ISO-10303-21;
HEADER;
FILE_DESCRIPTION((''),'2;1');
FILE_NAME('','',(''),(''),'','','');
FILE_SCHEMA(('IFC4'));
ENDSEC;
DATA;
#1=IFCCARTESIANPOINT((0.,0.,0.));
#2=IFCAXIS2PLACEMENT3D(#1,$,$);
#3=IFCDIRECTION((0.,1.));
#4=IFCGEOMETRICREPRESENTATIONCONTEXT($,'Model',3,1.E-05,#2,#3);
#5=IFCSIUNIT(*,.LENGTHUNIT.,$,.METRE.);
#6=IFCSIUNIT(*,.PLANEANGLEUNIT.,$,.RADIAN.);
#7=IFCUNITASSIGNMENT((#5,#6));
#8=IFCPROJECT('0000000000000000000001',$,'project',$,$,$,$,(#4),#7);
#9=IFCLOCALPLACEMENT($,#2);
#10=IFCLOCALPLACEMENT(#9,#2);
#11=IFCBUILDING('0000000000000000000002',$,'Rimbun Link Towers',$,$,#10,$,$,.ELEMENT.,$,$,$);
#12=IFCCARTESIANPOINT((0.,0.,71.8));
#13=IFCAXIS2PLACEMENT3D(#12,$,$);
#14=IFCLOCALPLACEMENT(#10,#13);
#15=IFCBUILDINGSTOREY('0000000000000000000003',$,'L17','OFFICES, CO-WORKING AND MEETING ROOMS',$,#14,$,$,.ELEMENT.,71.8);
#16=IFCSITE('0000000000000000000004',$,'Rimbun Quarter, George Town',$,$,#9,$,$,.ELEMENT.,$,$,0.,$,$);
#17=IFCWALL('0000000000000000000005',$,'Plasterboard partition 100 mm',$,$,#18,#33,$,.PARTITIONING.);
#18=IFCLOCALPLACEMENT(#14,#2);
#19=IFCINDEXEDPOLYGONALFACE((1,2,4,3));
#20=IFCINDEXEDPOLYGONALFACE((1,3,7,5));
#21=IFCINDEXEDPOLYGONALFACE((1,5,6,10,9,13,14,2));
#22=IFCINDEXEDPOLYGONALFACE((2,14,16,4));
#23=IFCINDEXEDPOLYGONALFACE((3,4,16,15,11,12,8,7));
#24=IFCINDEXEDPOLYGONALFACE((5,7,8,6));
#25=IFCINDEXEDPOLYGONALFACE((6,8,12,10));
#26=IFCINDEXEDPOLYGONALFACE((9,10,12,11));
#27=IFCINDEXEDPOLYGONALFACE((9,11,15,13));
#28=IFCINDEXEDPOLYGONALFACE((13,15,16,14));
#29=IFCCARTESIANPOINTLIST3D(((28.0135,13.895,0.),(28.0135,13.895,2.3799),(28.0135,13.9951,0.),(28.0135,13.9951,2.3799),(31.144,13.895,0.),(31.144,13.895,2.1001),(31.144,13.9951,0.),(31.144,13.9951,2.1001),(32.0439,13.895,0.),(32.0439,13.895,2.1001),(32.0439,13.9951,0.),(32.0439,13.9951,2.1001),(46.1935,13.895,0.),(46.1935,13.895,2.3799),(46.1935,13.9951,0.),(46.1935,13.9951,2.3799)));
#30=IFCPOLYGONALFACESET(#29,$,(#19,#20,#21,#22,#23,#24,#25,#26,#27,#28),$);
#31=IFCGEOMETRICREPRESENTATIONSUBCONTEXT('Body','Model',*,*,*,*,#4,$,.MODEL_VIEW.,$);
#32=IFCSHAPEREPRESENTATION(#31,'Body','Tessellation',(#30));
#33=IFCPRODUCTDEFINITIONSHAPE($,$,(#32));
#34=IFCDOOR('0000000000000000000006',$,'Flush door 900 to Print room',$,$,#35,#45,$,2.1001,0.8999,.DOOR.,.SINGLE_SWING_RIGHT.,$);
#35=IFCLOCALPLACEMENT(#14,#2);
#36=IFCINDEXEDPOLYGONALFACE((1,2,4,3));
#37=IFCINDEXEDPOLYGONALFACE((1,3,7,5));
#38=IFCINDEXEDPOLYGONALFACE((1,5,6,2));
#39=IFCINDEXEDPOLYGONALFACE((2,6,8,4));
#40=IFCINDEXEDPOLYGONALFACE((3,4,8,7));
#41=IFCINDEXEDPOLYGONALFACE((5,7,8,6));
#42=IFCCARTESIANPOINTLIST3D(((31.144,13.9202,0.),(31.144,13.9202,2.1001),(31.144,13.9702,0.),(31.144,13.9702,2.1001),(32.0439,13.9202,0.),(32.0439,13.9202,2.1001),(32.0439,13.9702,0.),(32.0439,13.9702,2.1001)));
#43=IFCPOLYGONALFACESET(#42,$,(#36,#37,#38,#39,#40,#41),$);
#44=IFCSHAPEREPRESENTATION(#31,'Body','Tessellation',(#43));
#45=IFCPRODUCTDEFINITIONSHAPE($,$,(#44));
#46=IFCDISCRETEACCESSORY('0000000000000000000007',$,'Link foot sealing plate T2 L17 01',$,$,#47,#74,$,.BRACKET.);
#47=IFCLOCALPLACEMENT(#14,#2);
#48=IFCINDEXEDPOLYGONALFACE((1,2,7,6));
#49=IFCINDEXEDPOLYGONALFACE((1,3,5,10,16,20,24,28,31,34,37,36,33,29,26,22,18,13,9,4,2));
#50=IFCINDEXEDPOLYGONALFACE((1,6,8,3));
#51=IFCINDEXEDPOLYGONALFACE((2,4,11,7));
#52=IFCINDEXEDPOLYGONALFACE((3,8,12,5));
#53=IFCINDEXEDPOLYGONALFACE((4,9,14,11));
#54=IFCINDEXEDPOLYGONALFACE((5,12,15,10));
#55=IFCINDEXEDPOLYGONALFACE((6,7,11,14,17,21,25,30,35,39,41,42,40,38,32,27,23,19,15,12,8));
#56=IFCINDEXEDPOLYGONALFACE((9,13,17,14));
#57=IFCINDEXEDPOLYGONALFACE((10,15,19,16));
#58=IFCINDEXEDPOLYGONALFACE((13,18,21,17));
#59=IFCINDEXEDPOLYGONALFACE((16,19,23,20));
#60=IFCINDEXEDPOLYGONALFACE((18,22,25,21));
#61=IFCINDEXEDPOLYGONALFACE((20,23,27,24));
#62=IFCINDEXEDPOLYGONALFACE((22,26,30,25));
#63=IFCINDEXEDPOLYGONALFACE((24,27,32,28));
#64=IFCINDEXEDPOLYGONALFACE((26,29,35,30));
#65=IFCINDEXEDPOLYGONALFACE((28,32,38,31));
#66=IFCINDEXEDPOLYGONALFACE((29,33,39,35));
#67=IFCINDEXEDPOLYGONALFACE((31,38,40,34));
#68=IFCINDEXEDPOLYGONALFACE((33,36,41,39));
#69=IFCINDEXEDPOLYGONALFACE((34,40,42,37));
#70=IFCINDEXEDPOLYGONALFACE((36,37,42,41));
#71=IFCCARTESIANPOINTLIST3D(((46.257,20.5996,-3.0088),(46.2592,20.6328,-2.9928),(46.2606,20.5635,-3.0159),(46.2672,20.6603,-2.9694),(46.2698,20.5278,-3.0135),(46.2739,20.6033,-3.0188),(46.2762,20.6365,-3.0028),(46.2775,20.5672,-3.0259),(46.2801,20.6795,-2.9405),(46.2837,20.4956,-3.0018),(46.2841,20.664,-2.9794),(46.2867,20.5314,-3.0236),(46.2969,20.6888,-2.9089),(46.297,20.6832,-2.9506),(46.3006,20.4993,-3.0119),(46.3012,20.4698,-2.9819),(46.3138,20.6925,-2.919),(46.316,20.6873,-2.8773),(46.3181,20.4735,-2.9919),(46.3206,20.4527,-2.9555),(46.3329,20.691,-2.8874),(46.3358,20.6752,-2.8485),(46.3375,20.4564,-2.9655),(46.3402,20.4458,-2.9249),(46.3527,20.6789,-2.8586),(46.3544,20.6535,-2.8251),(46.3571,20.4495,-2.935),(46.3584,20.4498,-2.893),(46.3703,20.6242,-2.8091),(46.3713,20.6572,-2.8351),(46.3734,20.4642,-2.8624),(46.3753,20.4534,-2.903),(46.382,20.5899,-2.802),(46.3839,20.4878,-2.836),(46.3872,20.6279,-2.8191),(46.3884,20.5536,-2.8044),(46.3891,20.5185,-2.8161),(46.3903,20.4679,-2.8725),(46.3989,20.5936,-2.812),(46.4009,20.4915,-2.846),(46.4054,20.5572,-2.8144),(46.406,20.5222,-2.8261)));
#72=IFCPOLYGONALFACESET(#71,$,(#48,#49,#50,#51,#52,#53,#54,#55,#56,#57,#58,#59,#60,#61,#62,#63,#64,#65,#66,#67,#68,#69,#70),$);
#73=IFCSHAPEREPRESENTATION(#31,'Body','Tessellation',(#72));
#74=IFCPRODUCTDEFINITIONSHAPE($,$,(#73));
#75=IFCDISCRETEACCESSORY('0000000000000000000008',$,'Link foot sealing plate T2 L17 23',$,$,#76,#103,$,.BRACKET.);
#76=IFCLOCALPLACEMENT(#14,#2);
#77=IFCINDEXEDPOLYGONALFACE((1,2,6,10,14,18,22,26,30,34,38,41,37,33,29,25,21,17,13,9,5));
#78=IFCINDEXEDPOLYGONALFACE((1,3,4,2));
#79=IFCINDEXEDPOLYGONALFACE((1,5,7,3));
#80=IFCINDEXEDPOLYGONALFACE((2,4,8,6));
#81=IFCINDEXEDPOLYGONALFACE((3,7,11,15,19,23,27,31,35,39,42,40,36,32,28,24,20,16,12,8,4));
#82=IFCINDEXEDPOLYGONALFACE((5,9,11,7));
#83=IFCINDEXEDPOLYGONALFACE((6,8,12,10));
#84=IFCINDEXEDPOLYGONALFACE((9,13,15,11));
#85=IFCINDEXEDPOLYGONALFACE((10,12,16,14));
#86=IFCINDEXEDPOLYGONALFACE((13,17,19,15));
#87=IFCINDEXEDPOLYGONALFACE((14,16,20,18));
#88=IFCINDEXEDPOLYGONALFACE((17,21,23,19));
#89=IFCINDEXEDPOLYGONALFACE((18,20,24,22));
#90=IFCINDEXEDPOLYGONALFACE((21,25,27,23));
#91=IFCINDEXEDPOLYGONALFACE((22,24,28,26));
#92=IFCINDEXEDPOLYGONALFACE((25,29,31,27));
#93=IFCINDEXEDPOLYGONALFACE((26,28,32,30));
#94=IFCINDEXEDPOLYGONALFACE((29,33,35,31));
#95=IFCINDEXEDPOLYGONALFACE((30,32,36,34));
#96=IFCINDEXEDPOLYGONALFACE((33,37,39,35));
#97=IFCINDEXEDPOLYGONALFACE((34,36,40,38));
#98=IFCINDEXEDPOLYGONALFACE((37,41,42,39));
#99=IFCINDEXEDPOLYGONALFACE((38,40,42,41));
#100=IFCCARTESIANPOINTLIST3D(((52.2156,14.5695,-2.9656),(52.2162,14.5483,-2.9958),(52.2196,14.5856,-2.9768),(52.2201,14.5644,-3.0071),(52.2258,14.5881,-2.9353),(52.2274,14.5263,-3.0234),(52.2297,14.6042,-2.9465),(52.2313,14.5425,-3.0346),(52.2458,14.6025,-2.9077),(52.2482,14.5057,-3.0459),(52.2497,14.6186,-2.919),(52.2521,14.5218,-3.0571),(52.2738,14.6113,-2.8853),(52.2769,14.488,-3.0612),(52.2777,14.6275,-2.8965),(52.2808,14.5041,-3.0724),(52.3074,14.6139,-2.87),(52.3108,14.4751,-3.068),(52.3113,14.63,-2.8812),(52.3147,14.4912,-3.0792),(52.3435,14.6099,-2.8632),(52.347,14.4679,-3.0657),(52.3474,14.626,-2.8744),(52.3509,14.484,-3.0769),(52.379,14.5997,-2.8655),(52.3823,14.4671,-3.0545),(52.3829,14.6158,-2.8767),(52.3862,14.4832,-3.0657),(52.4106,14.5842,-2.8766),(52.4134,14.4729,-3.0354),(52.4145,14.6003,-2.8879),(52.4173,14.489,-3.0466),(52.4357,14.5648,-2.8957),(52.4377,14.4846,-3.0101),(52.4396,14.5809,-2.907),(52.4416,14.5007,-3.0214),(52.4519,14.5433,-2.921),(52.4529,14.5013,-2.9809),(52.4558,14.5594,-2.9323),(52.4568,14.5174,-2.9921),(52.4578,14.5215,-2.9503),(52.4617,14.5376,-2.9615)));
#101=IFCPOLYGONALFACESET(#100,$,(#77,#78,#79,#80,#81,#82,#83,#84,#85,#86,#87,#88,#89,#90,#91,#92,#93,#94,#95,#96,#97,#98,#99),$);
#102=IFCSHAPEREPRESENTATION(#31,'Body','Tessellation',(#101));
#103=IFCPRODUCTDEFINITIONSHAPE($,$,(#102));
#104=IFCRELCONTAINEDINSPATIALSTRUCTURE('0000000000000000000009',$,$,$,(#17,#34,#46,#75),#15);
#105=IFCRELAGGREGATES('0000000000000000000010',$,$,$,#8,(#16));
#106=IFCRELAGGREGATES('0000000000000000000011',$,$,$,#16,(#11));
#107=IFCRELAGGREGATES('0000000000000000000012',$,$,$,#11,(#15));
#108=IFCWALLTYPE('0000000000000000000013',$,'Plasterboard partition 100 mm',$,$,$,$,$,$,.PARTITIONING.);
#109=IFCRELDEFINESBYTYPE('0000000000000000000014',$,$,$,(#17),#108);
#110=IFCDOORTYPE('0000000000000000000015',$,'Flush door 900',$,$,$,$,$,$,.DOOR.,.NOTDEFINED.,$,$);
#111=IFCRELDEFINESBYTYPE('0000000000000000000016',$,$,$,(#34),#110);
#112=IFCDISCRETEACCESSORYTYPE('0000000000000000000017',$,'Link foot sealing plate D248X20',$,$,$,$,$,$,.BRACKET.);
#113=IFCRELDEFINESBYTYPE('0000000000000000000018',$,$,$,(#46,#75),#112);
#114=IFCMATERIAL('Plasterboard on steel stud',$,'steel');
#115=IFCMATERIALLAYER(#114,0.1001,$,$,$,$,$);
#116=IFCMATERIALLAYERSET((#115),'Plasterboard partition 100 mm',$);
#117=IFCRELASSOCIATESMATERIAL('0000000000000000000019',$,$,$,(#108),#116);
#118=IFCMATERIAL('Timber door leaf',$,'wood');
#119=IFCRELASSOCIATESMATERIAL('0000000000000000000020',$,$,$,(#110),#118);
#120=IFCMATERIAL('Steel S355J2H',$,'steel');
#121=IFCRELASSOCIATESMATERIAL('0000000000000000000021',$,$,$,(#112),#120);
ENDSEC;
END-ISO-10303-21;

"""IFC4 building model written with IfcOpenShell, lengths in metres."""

from ifc_helpers import new_model, si_unit, direction, frame, frame_2d, origin, origin_2d, place, context, subcontext, project, spatial, rectangle, circle, extrude, material, layer, layer_set, material_profile, profile_set, type_object, element, fill, save


model = new_model("IFC4")

# Units and contexts
model_context = context("Model", 3, precision=1e-05, world=origin(), true_north=direction((0.0, 1.0)))
body_context = subcontext(model_context, "Body", "Model", "MODEL_VIEW")
ifc_project = project(units=[si_unit("LENGTHUNIT", "METRE"), si_unit("PLANEANGLEUNIT", "RADIAN")], contexts=[model_context])

# Site, building, storey
site_placement = place(None, origin())
site = spatial("IfcSite", under=ifc_project, at=site_placement, Name="Rimbun Quarter, George Town", CompositionType="ELEMENT", RefElevation=0.0)
building_placement = place(site_placement, origin())
building = spatial("IfcBuilding", under=site, at=building_placement, Name="Rimbun Link Towers", CompositionType="ELEMENT")
storey_placement = place(building_placement, frame((0.0, 0.0, 71.8)))
storey = spatial("IfcBuildingStorey", under=building, at=storey_placement, Name="L17", Description="OFFICES, CO-WORKING AND MEETING ROOMS", CompositionType="ELEMENT", Elevation=71.8)

# Wall, opening, door
ifc_material_1 = material(Name="Plasterboard on steel stud", Category="steel")
ifc_layer_1 = layer(ifc_material_1, 0.1001)
ifc_layer_set_1 = layer_set([ifc_layer_1], Name="Plasterboard partition 100 mm")
wall_type = type_object("IfcWallType", Name="Plasterboard partition 100 mm", PredefinedType="PARTITIONING", material=ifc_layer_set_1)
wall_1_placement = place(storey_placement, frame((46.1934, 13.9451, 0.0), z_axis=(0.0, 0.0, 1.0), x_axis=(-1.0, 0.0, 0.0)))
wall_1 = element("IfcWall", 1, at=wall_1_placement, inside=storey, type_object=wall_type, Name="Plasterboard partition 100 mm", PredefinedType="PARTITIONING", context=body_context, shape_type="SweptSolid", body=[
    extrude(rectangle(XDim=18.1799, YDim=0.1001, at=frame_2d((9.0898, 0.0))), origin(), (0.0, 0.0, 1.0), 2.3799),
])
opening_1_placement = place(wall_1_placement, frame((14.1494, 0.0, 0.0)))
opening_1 = element("IfcOpeningElement", 2, at=opening_1_placement, cuts=wall_1, PredefinedType="OPENING", context=body_context, shape_type="SweptSolid", body=[
    extrude(rectangle(XDim=0.8999, YDim=2.1001, at=frame_2d((0.45, 1.05))), frame((0.0, 0.0601, 0.0), z_axis=(0.0, -1.0, 0.0), x_axis=(1.0, 0.0, 0.0)), (0.0, 0.0, 1.0), 0.1201),
])
ifc_material_2 = material(Name="Timber door leaf", Category="wood")
door_type_1 = type_object("IfcDoorType", Name="Flush door 900", OperationType="NOTDEFINED", PredefinedType="DOOR", material=ifc_material_2)
door_1_placement = place(opening_1_placement, origin())
door_1 = element("IfcDoor", 3, at=door_1_placement, inside=storey, type_object=door_type_1, Name="Flush door 900 to Print room", OperationType="SINGLE_SWING_RIGHT", OverallHeight=2.1001, OverallWidth=0.8999, PredefinedType="DOOR", context=body_context, shape_type="SweptSolid", body=[
    extrude(rectangle(XDim=0.8999, YDim=2.1001, at=frame_2d((0.45, 1.05))), frame((0.0, 0.0249, 0.0), z_axis=(0.0, -1.0, 0.0), x_axis=(1.0, 0.0, 0.0)), (0.0, 0.0, 1.0), 0.05),
])
fill(opening_1, door_1)

# Discrete accessories
ifc_material_3 = material(Name="Steel S355J2H", Category="steel")
ifc_material_profile_1 = material_profile(ifc_material_3, circle(Radius=0.124, at=origin_2d()), Name="PL D248")
ifc_profile_set_1 = profile_set([ifc_material_profile_1], Name="Steel S355J2H")
discrete_accessory_type = type_object("IfcDiscreteAccessoryType", Name="Link foot sealing plate D248X20", PredefinedType="BRACKET", material=ifc_profile_set_1)
for number, where, z_axis, x_axis, name in (
    (4, (46.3232, 20.5676, -2.9089), (0.845053, 0.183707, -0.502133), (-0.21243, 0.977176, 0.0), "Link foot sealing plate T2 L17 01"),
    (5, (52.3362, 14.5403, -2.9656), (0.195064, 0.804639, -0.560809), (-0.97185, 0.2356, 0.0), "Link foot sealing plate T2 L17 23"),
):
    element("IfcDiscreteAccessory", number, at=place(storey_placement, frame(where, z_axis=z_axis, x_axis=x_axis)), inside=storey, type_object=discrete_accessory_type, Name=name, PredefinedType="BRACKET", context=body_context, shape_type="SweptSolid", body=[
        extrude(circle(Radius=0.124, at=origin_2d()), origin(), (0.0, 0.0, 1.0), 0.02),
    ])

save(model, "model.ifc")
